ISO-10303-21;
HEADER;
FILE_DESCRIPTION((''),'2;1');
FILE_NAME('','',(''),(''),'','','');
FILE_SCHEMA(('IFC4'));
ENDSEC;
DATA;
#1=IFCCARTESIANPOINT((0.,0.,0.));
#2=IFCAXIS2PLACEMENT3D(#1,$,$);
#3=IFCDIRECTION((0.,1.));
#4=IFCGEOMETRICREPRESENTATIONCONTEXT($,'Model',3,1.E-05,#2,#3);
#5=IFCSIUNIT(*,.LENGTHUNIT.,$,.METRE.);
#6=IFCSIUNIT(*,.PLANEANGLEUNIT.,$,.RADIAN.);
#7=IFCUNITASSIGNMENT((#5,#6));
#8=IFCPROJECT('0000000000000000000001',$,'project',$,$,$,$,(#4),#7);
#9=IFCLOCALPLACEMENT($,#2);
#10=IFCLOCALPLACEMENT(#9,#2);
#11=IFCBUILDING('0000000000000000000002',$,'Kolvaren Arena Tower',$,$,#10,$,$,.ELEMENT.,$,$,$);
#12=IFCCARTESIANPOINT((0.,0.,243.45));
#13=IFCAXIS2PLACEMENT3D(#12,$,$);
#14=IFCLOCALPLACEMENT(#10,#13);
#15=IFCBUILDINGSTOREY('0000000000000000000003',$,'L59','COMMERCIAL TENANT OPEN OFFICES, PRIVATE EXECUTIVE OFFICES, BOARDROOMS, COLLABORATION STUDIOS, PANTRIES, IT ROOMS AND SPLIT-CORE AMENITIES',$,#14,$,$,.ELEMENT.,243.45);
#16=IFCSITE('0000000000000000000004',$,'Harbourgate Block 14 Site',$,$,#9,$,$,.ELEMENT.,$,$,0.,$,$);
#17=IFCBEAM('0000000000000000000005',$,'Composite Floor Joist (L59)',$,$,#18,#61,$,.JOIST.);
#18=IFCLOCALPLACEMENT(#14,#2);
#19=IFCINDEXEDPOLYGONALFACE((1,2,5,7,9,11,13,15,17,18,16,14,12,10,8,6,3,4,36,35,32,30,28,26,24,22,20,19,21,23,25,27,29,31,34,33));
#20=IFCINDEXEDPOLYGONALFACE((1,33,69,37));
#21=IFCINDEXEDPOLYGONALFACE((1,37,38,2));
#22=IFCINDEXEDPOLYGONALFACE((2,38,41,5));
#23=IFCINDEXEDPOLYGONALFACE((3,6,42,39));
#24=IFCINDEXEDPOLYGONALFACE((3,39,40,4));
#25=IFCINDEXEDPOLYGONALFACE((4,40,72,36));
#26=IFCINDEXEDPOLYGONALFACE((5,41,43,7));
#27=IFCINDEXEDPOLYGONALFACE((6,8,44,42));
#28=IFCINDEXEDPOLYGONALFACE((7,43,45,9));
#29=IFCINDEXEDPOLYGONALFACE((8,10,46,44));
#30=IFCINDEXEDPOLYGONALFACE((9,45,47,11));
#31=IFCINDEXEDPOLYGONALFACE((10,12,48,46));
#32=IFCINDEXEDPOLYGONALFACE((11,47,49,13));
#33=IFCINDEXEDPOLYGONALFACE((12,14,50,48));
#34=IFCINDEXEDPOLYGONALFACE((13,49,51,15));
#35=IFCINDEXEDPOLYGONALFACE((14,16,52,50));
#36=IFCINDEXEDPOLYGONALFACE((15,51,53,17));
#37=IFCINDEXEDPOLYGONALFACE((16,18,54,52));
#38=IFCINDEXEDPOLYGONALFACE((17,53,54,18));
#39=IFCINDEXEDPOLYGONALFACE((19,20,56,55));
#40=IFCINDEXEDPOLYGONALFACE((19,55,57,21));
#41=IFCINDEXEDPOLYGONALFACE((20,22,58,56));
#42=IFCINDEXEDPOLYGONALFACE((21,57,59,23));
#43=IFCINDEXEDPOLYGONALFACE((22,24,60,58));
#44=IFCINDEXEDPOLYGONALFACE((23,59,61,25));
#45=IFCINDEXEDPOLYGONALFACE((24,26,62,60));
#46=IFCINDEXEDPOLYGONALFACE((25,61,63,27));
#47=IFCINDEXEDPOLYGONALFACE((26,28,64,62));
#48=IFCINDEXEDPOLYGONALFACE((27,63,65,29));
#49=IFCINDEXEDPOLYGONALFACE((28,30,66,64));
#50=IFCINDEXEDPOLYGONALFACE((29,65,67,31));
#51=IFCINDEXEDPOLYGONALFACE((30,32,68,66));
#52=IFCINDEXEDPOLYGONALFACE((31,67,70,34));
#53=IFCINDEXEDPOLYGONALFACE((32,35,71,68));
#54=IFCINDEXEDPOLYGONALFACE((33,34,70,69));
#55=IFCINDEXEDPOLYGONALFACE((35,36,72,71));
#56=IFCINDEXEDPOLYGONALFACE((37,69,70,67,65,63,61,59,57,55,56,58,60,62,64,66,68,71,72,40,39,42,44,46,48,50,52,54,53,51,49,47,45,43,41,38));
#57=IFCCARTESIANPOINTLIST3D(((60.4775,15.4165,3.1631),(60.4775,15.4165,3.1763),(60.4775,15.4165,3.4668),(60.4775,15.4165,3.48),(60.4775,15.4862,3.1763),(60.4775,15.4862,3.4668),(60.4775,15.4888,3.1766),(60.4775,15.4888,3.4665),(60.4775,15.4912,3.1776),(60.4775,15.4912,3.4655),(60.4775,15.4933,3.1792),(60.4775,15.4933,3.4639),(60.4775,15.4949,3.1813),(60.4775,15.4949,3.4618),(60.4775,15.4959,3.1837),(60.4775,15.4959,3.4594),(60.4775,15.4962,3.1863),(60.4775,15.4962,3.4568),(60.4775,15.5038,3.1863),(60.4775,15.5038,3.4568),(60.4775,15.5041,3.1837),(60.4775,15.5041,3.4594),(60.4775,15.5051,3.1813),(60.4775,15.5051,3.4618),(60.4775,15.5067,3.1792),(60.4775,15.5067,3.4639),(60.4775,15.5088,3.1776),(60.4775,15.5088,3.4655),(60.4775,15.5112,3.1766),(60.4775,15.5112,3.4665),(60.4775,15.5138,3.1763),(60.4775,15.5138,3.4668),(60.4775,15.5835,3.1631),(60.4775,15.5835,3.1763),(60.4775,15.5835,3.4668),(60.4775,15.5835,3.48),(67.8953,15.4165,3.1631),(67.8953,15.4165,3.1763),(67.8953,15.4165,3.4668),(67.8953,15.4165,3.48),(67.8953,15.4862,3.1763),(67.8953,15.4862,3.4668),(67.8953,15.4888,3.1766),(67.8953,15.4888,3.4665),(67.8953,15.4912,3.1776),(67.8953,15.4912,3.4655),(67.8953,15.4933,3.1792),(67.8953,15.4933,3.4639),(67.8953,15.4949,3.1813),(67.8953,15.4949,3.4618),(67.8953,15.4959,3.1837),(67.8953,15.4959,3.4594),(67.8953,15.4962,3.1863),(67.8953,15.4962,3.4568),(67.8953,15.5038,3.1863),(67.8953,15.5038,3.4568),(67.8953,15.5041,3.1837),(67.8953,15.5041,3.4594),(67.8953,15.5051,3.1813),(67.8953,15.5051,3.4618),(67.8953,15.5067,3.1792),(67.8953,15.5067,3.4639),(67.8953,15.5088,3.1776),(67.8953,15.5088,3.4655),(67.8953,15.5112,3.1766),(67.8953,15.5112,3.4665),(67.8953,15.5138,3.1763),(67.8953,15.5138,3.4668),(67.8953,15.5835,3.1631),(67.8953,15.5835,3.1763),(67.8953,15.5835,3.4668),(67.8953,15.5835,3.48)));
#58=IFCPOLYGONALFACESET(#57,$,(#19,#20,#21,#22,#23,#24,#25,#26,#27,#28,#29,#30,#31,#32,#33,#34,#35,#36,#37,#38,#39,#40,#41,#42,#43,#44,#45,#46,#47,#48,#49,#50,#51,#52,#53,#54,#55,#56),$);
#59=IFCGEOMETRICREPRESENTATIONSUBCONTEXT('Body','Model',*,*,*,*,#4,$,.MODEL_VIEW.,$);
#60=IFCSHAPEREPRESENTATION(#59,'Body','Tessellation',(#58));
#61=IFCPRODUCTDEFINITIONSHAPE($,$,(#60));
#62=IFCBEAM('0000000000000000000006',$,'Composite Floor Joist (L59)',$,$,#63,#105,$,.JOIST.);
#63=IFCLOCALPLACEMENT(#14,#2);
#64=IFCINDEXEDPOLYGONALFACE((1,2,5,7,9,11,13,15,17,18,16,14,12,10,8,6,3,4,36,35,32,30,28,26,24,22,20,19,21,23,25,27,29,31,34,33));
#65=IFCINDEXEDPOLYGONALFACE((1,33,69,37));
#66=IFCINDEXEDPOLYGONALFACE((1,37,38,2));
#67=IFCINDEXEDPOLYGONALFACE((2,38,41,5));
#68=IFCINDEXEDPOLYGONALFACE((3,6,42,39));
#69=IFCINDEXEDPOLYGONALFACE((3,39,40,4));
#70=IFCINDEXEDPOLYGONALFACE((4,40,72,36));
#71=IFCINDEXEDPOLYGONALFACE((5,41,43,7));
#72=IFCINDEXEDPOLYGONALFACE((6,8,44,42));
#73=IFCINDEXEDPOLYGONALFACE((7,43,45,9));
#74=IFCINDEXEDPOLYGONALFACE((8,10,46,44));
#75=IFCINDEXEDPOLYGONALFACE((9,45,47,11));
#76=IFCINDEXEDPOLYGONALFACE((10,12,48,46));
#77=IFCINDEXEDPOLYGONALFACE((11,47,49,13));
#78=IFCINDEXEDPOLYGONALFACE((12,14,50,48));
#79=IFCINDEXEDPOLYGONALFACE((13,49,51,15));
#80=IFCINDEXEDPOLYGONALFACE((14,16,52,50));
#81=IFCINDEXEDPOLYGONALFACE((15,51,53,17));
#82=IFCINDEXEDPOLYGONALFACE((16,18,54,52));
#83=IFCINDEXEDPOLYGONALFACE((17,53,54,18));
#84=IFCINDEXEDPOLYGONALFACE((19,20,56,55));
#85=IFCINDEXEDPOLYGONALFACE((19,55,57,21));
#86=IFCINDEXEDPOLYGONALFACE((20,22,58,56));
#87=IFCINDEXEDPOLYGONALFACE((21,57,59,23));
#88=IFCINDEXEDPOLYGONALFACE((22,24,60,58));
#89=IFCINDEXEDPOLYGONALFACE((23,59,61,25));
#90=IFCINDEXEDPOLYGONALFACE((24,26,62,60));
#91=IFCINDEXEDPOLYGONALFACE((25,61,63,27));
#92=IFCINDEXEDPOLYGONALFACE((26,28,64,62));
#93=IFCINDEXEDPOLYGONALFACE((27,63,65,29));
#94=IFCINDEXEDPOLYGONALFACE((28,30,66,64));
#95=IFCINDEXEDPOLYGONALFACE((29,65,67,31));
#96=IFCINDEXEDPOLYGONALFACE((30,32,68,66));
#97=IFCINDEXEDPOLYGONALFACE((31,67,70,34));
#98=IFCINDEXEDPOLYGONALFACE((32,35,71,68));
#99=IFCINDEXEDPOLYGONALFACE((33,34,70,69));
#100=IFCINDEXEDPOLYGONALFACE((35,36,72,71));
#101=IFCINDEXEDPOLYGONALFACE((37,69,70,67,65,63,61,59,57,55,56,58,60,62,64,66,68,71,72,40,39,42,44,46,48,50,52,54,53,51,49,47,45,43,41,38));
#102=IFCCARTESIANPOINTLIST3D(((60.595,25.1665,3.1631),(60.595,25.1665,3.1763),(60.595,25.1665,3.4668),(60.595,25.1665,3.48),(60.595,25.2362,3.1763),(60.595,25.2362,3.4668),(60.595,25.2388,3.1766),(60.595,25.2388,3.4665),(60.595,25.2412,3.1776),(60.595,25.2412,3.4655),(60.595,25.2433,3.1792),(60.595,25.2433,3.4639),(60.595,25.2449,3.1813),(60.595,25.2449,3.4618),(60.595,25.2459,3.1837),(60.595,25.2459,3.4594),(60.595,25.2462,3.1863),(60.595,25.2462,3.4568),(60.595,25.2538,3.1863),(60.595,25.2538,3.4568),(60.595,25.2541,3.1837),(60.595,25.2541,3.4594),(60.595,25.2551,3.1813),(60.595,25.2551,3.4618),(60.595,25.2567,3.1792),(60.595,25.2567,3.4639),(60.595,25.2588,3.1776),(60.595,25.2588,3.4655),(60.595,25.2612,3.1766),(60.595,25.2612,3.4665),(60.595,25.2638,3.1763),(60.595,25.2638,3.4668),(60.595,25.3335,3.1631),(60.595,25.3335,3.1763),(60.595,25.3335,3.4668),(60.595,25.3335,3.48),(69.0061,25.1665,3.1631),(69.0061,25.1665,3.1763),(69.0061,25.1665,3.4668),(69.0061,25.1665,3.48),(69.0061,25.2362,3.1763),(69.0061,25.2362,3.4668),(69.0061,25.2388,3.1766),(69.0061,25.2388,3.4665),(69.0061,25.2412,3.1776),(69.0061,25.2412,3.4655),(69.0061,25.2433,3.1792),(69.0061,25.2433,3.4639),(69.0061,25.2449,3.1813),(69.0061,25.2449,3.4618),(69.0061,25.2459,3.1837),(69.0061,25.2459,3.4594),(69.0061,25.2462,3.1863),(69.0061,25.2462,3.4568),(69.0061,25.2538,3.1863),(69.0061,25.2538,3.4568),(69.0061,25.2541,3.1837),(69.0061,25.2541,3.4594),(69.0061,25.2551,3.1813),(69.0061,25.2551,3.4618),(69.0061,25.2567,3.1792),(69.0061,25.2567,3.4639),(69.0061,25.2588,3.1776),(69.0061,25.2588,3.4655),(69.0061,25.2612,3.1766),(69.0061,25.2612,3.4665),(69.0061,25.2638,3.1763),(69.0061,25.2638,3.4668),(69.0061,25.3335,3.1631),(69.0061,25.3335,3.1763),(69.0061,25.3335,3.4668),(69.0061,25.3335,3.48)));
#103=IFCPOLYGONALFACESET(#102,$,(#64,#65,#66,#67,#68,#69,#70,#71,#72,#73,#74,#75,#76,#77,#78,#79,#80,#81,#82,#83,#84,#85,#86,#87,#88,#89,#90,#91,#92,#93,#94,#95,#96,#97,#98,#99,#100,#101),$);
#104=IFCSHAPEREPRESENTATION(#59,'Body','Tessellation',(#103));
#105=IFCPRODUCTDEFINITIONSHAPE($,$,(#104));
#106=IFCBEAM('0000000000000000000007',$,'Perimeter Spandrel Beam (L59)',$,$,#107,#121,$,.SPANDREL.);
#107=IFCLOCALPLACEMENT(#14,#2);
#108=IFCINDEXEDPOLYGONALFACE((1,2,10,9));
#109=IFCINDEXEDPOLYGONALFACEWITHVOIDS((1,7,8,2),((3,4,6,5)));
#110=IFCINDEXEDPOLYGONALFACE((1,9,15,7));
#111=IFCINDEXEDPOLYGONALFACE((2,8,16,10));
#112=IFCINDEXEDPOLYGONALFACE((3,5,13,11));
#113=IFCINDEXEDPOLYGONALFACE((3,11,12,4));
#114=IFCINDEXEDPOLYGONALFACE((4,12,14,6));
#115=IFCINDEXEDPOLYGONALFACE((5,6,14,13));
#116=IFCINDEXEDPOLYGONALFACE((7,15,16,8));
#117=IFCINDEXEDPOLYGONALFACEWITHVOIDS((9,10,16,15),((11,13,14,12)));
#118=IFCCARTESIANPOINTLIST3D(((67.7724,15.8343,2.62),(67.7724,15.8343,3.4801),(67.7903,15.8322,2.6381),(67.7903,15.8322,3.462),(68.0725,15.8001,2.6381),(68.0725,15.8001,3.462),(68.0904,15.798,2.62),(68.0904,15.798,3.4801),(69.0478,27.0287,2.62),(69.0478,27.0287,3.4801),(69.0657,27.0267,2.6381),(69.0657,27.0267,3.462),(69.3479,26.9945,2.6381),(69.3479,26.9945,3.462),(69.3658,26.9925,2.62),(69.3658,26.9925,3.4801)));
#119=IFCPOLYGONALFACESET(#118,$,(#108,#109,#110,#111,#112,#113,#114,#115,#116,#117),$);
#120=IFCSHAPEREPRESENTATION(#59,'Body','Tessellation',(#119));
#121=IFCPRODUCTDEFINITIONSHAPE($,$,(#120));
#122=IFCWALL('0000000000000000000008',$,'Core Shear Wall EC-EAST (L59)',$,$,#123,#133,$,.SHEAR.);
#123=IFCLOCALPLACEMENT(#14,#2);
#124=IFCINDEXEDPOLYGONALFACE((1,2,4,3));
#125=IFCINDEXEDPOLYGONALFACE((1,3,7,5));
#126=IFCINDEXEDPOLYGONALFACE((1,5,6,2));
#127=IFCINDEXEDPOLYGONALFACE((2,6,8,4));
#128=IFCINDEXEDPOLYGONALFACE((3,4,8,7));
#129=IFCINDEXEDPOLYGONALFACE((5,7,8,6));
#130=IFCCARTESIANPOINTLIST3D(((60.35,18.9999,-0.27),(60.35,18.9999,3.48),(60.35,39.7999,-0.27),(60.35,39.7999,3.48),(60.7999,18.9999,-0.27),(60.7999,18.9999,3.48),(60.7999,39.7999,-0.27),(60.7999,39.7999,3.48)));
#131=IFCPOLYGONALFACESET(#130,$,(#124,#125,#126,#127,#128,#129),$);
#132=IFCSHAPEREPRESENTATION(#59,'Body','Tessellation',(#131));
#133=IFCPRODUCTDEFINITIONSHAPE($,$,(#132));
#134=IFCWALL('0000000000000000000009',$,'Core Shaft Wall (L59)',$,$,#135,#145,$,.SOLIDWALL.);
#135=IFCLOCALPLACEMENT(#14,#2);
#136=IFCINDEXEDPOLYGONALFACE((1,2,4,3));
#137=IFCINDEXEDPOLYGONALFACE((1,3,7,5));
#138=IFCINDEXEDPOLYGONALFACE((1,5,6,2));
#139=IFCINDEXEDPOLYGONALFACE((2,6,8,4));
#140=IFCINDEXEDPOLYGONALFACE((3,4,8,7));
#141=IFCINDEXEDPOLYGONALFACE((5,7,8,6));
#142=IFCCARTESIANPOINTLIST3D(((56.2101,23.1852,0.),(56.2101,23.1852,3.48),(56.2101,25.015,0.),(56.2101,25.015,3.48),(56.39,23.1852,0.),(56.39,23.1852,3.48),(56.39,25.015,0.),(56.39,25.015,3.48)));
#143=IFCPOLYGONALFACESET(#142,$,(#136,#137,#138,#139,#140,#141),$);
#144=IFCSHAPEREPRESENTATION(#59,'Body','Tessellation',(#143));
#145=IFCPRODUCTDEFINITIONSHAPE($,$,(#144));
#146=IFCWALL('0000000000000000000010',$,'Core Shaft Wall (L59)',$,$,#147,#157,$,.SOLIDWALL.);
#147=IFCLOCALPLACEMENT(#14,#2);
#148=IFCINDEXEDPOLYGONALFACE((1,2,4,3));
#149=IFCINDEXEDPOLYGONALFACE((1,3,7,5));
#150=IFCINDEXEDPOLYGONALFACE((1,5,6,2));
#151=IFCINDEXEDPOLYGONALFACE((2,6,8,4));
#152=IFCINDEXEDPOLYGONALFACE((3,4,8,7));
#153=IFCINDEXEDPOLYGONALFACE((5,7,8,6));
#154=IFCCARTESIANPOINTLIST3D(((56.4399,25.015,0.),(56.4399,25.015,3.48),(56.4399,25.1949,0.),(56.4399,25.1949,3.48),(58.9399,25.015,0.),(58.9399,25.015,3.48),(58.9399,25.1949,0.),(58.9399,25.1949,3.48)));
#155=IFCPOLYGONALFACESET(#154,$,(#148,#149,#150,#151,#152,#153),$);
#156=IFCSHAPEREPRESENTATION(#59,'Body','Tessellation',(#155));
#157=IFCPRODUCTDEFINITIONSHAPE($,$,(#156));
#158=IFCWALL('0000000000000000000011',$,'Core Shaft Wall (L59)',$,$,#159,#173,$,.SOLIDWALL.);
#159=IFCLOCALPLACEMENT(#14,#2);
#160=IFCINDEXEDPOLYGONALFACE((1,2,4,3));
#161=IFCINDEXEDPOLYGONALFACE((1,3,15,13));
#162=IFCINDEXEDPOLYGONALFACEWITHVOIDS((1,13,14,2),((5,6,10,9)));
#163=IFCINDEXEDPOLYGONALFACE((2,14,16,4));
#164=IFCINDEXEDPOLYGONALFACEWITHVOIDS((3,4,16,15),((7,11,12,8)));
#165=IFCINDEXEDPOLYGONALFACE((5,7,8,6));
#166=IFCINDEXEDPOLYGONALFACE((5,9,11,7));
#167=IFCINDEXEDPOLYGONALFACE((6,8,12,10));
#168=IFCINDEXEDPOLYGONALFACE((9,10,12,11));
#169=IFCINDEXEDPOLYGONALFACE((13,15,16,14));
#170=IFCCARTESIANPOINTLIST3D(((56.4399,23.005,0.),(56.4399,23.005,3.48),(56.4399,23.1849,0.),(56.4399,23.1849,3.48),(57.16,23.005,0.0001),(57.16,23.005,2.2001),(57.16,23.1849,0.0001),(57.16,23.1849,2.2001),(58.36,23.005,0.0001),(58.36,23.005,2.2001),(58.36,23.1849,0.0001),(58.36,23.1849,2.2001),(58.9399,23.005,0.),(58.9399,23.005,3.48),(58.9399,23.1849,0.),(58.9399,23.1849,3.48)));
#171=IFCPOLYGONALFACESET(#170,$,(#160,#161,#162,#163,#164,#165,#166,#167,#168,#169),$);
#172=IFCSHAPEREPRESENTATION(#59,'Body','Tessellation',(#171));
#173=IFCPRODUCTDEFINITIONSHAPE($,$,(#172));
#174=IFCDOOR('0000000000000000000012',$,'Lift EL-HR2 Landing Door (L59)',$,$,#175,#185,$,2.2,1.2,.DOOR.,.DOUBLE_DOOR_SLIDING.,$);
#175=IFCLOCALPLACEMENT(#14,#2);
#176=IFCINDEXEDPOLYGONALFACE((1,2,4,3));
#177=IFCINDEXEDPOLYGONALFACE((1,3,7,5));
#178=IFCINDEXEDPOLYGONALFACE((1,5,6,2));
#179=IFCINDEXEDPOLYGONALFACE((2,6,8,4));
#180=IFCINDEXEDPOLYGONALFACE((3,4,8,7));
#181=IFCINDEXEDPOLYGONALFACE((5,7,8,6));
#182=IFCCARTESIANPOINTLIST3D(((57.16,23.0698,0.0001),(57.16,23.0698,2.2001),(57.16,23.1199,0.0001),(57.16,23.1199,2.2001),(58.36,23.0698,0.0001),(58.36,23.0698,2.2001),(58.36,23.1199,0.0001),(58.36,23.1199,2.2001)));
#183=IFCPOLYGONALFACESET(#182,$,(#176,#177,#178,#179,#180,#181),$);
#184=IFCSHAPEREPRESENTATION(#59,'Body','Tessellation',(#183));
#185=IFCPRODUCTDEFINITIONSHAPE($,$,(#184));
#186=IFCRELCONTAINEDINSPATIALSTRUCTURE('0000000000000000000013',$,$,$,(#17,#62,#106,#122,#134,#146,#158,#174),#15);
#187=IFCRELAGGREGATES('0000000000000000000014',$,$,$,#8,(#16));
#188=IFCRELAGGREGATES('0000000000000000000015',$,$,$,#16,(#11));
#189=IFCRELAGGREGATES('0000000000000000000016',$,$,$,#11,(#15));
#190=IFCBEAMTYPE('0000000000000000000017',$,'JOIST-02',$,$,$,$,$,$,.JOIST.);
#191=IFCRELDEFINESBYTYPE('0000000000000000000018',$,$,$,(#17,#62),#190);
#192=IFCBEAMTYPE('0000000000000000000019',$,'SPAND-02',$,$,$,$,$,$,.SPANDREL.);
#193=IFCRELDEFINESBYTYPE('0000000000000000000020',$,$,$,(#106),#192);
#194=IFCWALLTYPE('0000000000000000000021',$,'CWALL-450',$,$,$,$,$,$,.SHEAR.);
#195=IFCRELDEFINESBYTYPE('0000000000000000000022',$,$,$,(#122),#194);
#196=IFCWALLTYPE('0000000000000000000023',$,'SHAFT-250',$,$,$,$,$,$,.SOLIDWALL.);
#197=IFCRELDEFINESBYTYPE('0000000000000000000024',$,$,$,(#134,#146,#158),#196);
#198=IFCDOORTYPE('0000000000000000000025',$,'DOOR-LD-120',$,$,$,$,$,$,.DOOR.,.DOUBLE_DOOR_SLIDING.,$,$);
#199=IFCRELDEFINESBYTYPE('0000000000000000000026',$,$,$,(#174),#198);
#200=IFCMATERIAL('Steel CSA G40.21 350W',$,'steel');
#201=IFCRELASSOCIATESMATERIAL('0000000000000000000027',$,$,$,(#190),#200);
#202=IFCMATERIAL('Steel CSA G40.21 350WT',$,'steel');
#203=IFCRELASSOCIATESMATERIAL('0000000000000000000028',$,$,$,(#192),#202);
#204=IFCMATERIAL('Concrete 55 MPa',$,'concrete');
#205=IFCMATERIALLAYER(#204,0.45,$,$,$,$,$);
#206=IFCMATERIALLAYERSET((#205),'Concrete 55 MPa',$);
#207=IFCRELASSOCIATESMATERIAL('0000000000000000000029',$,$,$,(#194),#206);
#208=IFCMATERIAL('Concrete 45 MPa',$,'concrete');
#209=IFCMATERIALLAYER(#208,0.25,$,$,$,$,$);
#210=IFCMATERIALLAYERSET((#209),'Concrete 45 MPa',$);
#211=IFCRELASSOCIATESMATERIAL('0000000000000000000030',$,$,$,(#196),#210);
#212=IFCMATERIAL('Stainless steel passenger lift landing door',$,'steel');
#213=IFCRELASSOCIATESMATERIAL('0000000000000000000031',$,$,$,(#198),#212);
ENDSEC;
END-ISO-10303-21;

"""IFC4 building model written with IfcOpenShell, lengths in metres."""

from ifc_helpers import new_model, si_unit, direction, frame, frame_2d, origin, origin_2d, place, context, subcontext, project, spatial, rectangle, hollow_rectangle, i_section, extrude, material, layer, layer_set, material_profile, profile_set, type_object, element, fill, save


model = new_model("IFC4")

# Units and contexts
model_context = context("Model", 3, precision=1e-05, world=origin(), true_north=direction((0.0, 1.0)))
body_context = subcontext(model_context, "Body", "Model", "MODEL_VIEW")
ifc_project = project(units=[si_unit("LENGTHUNIT", "METRE"), si_unit("PLANEANGLEUNIT", "RADIAN")], contexts=[model_context])

# Site, building, storey
site_placement = place(None, origin())
site = spatial("IfcSite", under=ifc_project, at=site_placement, Name="Harbourgate Block 14 Site", CompositionType="ELEMENT", RefElevation=0.0)
building_placement = place(site_placement, origin())
building = spatial("IfcBuilding", under=site, at=building_placement, Name="Kolvaren Arena Tower", CompositionType="ELEMENT")
storey_placement = place(building_placement, frame((0.0, 0.0, 243.45)))
storey = spatial("IfcBuildingStorey", under=building, at=storey_placement, Name="L59", Description="COMMERCIAL TENANT OPEN OFFICES, PRIVATE EXECUTIVE OFFICES, BOARDROOMS, COLLABORATION STUDIOS, PANTRIES, IT ROOMS AND SPLIT-CORE AMENITIES", CompositionType="ELEMENT", Elevation=243.45)

# Beams
ifc_material_1 = material(Name="Steel CSA G40.21 350W", Category="steel")
ifc_material_profile_1 = material_profile(ifc_material_1, i_section(OverallWidth=0.167, OverallDepth=0.3169, WebThickness=0.0076, FlangeThickness=0.0132, FilletRadius=0.01, at=origin_2d()), Name="W310x52")
ifc_profile_set_1 = profile_set([ifc_material_profile_1], Name="Steel CSA G40.21 350W")
beam_type_1 = type_object("IfcBeamType", Name="JOIST-02", PredefinedType="JOIST", material=ifc_profile_set_1)
beam_1_placement = place(storey_placement, frame((60.4775, 15.5, 3.3215), z_axis=(1.0, 0.0, 0.0), x_axis=(0.0, 1.0, 0.0)))
element("IfcBeam", 1, at=beam_1_placement, inside=storey, type_object=beam_type_1, Name="Composite Floor Joist (L59)", PredefinedType="JOIST", context=body_context, shape_type="SweptSolid", body=[
    extrude(i_section(OverallWidth=0.167, OverallDepth=0.3169, WebThickness=0.0076, FlangeThickness=0.0132, FilletRadius=0.01, at=origin_2d()), origin(), (0.0, 0.0, 1.0), 7.4177),
])
beam_2_placement = place(storey_placement, frame((60.595, 25.25, 3.3215), z_axis=(1.0, 0.0, 0.0), x_axis=(0.0, 1.0, 0.0)))
element("IfcBeam", 2, at=beam_2_placement, inside=storey, type_object=beam_type_1, Name="Composite Floor Joist (L59)", PredefinedType="JOIST", context=body_context, shape_type="SweptSolid", body=[
    extrude(i_section(OverallWidth=0.167, OverallDepth=0.3169, WebThickness=0.0076, FlangeThickness=0.0132, FilletRadius=0.01, at=origin_2d()), origin(), (0.0, 0.0, 1.0), 8.4111),
])
ifc_material_2 = material(Name="Steel CSA G40.21 350WT", Category="steel")
ifc_material_profile_2 = material_profile(ifc_material_2, hollow_rectangle(XDim=0.3201, YDim=0.8601, WallThickness=0.0181, at=origin_2d()), Name="HSS 860x320x18")
ifc_profile_set_2 = profile_set([ifc_material_profile_2], Name="Steel CSA G40.21 350WT")
beam_type_2 = type_object("IfcBeamType", Name="SPAND-02", PredefinedType="SPANDREL", material=ifc_profile_set_2)
beam_3_placement = place(storey_placement, frame((67.9314, 15.8162, 3.05), z_axis=(0.113199, 0.993572, 0.0), x_axis=(-0.993572, 0.113199, 0.0)))
element("IfcBeam", 3, at=beam_3_placement, inside=storey, type_object=beam_type_2, Name="Perimeter Spandrel Beam (L59)", PredefinedType="SPANDREL", context=body_context, shape_type="SweptSolid", body=[
    extrude(hollow_rectangle(XDim=0.3201, YDim=0.8601, WallThickness=0.0181, at=origin_2d()), origin(), (0.0, 0.0, 1.0), 11.2668),
])

# Walls
ifc_material_3 = material(Name="Concrete 55 MPa", Category="concrete")
ifc_layer_1 = layer(ifc_material_3, 0.45)
ifc_layer_set_1 = layer_set([ifc_layer_1], Name="Concrete 55 MPa")
wall_type_1 = type_object("IfcWallType", Name="CWALL-450", PredefinedType="SHEAR", material=ifc_layer_set_1)
wall_1_placement = place(storey_placement, frame((60.575, 19.0, -0.27), z_axis=(0.0, 0.0, 1.0), x_axis=(0.0, 1.0, 0.0)))
element("IfcWall", 4, at=wall_1_placement, inside=storey, type_object=wall_type_1, Name="Core Shear Wall EC-EAST (L59)", PredefinedType="SHEAR", context=body_context, shape_type="SweptSolid", body=[
    extrude(rectangle(XDim=20.8, YDim=0.45, at=frame_2d((10.3999, 0.0))), origin(), (0.0, 0.0, 1.0), 3.75),
])
ifc_material_4 = material(Name="Concrete 45 MPa", Category="concrete")
ifc_layer_2 = layer(ifc_material_4, 0.25)
ifc_layer_set_2 = layer_set([ifc_layer_2], Name="Concrete 45 MPa")
wall_type_2 = type_object("IfcWallType", Name="SHAFT-250", PredefinedType="SOLIDWALL", material=ifc_layer_set_2)
wall_2_placement = place(storey_placement, frame((56.3, 23.1851, 0.0), z_axis=(0.0, 0.0, 1.0), x_axis=(0.0, 1.0, 0.0)))
element("IfcWall", 5, at=wall_2_placement, inside=storey, type_object=wall_type_2, Name="Core Shaft Wall (L59)", PredefinedType="SOLIDWALL", context=body_context, shape_type="SweptSolid", body=[
    extrude(rectangle(XDim=1.8298, YDim=0.1799, at=frame_2d((0.915, 0.0))), origin(), (0.0, 0.0, 1.0), 3.48),
])
wall_3_placement = place(storey_placement, frame((56.4399, 25.105, 0.0), z_axis=(0.0, 0.0, 1.0), x_axis=(1.0, 0.0, 0.0)))
element("IfcWall", 6, at=wall_3_placement, inside=storey, type_object=wall_type_2, Name="Core Shaft Wall (L59)", PredefinedType="SOLIDWALL", context=body_context, shape_type="SweptSolid", body=[
    extrude(rectangle(XDim=2.5, YDim=0.1799, at=frame_2d((1.25, 0.0))), origin(), (0.0, 0.0, 1.0), 3.48),
])

# Wall, opening, door
wall_4_placement = place(storey_placement, frame((56.4399, 23.095, 0.0), z_axis=(0.0, 0.0, 1.0), x_axis=(1.0, 0.0, 0.0)))
wall_4 = element("IfcWall", 7, at=wall_4_placement, inside=storey, type_object=wall_type_2, Name="Core Shaft Wall (L59)", PredefinedType="SOLIDWALL", context=body_context, shape_type="SweptSolid", body=[
    extrude(rectangle(XDim=2.5, YDim=0.1799, at=frame_2d((1.25, 0.0))), origin(), (0.0, 0.0, 1.0), 3.48),
])
opening_placement = place(wall_4_placement, frame((0.72, 0.0, 0.0)))
opening = element("IfcOpeningElement", 8, at=opening_placement, cuts=wall_4, PredefinedType="OPENING", context=body_context, shape_type="SweptSolid", body=[
    extrude(rectangle(XDim=1.2, YDim=2.2, at=frame_2d((0.6001, 1.1001))), frame((0.0, 0.0999, 0.0), z_axis=(0.0, -1.0, 0.0), x_axis=(1.0, 0.0, 0.0)), (0.0, 0.0, 1.0), 0.2),
])
ifc_material_5 = material(Name="Stainless steel passenger lift landing door", Category="steel")
door_type = type_object("IfcDoorType", Name="DOOR-LD-120", OperationType="DOUBLE_DOOR_SLIDING", PredefinedType="DOOR", material=ifc_material_5)
door_placement = place(opening_placement, origin())
door = element("IfcDoor", 9, at=door_placement, inside=storey, type_object=door_type, Name="Lift EL-HR2 Landing Door (L59)", OperationType="DOUBLE_DOOR_SLIDING", OverallHeight=2.2, OverallWidth=1.2, PredefinedType="DOOR", context=body_context, shape_type="SweptSolid", body=[
    extrude(rectangle(XDim=1.2, YDim=2.2, at=frame_2d((0.6001, 1.1001))), frame((0.0, 0.0249, 0.0), z_axis=(0.0, -1.0, 0.0), x_axis=(1.0, 0.0, 0.0)), (0.0, 0.0, 1.0), 0.05),
])
fill(opening, door)

save(model, "model.ifc")
